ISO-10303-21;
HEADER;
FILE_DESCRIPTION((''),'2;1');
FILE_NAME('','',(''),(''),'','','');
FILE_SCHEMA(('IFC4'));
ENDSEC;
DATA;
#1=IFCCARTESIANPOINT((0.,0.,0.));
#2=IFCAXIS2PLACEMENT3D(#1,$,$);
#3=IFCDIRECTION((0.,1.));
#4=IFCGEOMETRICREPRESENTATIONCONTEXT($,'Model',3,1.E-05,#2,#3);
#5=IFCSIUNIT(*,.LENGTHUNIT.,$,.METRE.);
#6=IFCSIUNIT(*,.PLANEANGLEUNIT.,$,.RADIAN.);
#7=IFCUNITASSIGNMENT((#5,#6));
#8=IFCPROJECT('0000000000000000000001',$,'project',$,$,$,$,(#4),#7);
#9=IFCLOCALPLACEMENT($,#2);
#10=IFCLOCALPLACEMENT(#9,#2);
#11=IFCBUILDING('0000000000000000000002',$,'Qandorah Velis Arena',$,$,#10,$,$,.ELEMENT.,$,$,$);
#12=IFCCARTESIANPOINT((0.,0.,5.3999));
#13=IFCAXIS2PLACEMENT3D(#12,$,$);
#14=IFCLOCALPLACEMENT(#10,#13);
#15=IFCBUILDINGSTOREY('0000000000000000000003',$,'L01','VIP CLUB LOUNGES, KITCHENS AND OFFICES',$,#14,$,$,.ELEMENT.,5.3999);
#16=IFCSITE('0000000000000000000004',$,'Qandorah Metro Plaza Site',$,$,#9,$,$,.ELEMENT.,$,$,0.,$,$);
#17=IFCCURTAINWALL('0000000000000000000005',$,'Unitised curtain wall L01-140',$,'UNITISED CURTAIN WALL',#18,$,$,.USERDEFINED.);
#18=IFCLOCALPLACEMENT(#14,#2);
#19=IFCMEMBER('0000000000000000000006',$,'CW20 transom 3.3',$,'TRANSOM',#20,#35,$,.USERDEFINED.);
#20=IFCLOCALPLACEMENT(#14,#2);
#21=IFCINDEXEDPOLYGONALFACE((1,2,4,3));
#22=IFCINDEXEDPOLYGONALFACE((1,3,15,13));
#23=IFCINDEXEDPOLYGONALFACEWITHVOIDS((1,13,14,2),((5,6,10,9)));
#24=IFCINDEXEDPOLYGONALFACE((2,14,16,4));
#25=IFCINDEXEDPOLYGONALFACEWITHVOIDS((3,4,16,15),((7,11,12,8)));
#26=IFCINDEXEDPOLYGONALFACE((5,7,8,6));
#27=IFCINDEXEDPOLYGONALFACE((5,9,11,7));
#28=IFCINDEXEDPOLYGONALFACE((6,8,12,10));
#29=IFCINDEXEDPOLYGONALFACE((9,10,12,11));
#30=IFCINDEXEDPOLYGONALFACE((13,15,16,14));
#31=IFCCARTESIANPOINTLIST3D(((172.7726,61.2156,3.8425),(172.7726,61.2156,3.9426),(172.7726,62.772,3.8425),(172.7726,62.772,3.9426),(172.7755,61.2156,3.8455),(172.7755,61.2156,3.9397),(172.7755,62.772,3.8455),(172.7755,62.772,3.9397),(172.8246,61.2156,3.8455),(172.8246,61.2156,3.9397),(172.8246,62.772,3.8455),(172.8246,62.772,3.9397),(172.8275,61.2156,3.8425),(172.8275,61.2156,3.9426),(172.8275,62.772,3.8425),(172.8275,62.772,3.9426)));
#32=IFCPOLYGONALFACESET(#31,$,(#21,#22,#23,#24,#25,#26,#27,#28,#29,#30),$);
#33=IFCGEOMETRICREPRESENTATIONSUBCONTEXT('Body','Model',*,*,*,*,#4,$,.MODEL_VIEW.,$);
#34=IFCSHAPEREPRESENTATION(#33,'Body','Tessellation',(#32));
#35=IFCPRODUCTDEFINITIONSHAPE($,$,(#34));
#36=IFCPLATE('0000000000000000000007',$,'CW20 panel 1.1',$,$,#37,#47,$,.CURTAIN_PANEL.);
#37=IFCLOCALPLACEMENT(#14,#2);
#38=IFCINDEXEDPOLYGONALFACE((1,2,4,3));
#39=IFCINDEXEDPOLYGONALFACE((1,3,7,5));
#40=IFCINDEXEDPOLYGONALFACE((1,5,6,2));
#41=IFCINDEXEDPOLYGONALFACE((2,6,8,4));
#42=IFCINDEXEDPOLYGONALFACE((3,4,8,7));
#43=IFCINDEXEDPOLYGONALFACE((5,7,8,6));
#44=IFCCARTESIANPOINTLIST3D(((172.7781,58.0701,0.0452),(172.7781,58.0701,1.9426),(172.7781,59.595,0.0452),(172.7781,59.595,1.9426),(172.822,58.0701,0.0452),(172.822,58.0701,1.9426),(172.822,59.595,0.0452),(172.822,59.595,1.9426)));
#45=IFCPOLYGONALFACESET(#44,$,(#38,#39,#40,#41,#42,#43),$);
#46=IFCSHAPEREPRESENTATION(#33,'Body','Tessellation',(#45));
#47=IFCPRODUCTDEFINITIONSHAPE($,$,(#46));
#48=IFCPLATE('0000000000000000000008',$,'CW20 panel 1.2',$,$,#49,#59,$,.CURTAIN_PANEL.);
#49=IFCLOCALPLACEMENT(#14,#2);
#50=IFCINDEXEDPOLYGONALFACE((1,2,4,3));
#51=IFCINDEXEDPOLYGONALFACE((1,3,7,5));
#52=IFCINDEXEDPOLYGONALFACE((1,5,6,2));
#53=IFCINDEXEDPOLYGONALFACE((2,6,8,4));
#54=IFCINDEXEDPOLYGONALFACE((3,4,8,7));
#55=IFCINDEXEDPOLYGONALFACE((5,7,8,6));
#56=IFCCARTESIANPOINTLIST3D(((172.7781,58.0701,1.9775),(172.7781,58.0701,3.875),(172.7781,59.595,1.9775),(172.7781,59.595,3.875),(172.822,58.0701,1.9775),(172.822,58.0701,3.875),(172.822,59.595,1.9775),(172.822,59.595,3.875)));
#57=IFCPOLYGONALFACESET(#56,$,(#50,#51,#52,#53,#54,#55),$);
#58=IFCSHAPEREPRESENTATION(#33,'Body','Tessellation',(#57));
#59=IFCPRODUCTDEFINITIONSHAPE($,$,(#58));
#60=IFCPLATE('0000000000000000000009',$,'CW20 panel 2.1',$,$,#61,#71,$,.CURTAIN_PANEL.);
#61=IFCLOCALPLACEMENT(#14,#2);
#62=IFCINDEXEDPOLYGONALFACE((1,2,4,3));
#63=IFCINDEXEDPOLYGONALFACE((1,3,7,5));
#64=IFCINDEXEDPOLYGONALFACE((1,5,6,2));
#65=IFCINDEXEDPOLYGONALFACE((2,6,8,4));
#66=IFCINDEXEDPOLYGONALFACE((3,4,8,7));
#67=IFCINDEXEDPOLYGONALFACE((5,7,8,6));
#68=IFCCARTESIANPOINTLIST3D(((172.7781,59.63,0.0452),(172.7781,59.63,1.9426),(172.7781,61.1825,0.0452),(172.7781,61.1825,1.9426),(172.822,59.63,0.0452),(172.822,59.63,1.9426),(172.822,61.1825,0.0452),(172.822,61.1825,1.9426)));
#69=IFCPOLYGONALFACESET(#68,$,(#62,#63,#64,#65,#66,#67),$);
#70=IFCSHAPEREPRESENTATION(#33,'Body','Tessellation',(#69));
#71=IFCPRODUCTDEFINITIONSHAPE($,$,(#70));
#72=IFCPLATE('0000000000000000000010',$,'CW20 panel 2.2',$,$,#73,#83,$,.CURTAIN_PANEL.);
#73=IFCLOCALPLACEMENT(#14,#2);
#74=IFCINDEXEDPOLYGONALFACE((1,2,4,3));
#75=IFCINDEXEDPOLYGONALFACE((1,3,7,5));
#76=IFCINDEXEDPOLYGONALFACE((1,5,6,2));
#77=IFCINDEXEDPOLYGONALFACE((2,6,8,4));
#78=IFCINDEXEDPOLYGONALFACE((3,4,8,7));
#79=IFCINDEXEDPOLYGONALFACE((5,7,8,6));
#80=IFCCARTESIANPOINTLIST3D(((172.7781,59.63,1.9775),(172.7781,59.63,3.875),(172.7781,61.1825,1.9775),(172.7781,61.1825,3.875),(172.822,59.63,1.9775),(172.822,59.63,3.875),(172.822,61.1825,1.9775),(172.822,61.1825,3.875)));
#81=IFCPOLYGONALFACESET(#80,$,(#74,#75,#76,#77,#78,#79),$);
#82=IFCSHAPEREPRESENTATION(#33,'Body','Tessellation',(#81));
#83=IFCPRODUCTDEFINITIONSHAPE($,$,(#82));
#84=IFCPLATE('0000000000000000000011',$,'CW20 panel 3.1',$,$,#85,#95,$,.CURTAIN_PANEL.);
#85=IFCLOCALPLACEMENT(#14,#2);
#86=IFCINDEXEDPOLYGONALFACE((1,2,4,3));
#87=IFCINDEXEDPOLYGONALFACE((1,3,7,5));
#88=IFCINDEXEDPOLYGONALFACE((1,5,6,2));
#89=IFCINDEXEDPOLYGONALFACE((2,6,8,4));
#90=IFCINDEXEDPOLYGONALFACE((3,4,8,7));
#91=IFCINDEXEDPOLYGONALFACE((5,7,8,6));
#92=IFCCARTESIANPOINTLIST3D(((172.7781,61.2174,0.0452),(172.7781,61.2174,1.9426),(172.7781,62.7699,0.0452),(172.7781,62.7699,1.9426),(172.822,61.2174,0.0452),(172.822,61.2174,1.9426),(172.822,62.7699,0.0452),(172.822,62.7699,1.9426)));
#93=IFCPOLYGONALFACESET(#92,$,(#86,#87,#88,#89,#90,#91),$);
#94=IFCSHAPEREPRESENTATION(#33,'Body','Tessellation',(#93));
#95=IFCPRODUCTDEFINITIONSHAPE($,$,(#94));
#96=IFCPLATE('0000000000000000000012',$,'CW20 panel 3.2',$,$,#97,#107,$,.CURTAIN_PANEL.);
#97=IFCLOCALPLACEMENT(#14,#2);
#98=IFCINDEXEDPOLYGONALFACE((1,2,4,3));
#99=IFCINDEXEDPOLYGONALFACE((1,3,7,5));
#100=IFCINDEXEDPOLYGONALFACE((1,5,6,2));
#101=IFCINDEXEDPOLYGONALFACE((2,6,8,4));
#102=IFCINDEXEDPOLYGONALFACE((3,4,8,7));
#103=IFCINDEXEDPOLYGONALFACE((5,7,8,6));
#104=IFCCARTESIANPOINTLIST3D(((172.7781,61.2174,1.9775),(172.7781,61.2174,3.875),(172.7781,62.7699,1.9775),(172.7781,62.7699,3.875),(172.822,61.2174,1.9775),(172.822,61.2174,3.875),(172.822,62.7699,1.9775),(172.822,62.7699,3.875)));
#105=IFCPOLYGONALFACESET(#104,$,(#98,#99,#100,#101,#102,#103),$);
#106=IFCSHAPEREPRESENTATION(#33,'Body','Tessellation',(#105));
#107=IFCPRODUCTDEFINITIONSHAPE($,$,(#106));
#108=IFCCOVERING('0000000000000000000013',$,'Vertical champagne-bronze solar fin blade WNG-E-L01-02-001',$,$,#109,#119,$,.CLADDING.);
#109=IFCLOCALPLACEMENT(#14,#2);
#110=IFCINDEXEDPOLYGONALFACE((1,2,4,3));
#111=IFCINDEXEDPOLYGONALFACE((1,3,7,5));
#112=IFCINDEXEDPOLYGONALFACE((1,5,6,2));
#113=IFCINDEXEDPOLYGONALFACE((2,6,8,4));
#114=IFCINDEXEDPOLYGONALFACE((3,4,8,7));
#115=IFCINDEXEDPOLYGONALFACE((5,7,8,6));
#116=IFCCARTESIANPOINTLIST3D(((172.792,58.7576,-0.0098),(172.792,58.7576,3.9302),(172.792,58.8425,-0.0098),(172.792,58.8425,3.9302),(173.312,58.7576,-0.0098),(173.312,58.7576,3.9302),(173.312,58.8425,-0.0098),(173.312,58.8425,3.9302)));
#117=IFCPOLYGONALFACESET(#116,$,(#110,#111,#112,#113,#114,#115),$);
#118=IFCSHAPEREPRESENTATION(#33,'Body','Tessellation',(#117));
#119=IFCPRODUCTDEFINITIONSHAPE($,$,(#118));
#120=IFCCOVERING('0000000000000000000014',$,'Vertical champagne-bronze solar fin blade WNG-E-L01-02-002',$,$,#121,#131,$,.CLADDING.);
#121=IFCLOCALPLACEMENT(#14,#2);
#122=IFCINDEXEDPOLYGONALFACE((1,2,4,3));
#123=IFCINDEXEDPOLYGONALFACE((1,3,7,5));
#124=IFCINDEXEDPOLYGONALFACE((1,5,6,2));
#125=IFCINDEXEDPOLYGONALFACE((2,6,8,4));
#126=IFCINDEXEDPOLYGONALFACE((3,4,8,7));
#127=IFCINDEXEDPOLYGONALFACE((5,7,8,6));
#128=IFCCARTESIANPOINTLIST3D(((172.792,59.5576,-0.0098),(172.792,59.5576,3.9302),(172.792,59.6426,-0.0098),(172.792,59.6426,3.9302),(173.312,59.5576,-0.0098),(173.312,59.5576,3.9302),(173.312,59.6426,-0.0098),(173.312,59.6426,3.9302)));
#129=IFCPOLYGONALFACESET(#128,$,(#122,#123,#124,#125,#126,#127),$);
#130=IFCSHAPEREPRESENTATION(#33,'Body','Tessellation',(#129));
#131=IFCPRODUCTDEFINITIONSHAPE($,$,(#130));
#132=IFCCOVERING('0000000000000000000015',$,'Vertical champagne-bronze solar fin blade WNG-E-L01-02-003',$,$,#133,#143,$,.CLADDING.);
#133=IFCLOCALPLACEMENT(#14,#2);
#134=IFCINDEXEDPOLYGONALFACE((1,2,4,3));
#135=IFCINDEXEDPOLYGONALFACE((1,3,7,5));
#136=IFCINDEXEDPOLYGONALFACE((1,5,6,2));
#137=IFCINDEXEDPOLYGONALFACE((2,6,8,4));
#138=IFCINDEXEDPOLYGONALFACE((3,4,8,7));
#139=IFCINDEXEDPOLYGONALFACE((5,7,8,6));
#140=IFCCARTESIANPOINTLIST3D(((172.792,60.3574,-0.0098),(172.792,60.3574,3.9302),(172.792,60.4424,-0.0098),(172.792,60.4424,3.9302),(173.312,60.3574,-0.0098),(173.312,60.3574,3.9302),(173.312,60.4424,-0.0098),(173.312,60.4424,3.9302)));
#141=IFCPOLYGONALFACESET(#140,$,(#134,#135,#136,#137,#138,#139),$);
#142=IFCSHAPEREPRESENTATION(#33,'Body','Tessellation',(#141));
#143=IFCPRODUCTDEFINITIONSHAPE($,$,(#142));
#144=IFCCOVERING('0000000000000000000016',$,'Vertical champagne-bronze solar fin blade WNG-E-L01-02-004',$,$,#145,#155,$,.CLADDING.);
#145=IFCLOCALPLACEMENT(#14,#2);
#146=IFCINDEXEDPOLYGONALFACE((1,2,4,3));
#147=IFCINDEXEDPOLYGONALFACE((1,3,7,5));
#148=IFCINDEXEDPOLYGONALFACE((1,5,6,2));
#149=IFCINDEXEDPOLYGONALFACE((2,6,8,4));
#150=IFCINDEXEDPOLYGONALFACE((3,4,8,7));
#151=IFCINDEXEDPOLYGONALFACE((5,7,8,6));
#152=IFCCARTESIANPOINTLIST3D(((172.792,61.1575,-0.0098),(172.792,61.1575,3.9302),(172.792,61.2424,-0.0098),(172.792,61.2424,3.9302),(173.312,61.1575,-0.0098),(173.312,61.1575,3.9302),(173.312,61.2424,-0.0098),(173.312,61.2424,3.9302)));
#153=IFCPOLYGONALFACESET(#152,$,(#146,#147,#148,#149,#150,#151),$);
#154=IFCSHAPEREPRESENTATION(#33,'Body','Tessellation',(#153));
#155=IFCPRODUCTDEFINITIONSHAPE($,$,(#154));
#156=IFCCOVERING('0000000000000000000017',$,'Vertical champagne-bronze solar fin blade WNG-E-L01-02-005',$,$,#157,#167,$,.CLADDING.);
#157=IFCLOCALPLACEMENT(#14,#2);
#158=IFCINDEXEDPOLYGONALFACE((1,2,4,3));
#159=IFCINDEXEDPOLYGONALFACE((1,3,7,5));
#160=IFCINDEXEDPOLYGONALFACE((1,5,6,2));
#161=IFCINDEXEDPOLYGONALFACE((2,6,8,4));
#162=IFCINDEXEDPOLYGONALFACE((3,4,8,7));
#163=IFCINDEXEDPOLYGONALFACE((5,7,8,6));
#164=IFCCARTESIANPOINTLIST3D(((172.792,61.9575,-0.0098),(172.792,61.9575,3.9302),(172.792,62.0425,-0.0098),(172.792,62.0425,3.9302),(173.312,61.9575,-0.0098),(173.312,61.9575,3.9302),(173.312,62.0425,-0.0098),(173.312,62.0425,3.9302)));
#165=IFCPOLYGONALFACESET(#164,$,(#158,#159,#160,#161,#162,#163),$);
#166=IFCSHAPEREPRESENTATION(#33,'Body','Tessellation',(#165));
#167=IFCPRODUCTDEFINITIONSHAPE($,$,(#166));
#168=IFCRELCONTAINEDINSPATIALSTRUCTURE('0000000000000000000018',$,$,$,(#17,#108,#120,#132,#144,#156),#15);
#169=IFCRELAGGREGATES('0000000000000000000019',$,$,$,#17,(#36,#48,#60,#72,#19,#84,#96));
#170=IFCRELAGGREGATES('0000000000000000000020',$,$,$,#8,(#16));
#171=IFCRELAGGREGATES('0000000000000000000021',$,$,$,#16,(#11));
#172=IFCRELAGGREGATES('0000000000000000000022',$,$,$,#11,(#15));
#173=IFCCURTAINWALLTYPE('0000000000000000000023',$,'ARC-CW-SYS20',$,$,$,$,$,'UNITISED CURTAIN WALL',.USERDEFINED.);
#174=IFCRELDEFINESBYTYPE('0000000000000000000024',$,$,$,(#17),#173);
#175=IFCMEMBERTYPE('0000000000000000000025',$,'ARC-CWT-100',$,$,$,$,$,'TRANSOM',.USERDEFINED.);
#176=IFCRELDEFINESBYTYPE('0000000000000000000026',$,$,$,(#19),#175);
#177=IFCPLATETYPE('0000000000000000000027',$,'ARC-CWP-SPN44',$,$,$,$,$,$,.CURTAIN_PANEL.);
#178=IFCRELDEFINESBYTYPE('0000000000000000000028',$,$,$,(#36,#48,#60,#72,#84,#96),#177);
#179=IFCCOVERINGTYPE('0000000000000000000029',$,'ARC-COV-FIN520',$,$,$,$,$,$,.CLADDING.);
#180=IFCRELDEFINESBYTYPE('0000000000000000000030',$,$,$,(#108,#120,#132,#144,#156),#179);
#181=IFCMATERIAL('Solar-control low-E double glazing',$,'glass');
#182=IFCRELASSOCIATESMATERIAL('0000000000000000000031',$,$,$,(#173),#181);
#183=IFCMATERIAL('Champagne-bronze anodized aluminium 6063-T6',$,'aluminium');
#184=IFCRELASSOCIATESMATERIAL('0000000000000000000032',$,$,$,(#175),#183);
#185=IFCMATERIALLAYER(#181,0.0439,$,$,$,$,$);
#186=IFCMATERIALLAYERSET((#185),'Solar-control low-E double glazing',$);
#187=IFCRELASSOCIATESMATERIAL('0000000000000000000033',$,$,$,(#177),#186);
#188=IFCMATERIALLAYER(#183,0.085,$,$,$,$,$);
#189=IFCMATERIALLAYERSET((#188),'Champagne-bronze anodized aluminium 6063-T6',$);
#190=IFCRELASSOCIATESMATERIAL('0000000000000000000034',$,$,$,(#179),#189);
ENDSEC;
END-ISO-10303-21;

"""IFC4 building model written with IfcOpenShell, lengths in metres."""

from ifc_helpers import new_model, si_unit, direction, frame, origin, origin_2d, place, context, subcontext, project, spatial, rectangle, hollow_rectangle, extrude, material, layer, layer_set, material_profile, profile_set, type_object, element, aggregate, save


model = new_model("IFC4")

# Units and contexts
model_context = context("Model", 3, precision=1e-05, world=origin(), true_north=direction((0.0, 1.0)))
body_context = subcontext(model_context, "Body", "Model", "MODEL_VIEW")
ifc_project = project(units=[si_unit("LENGTHUNIT", "METRE"), si_unit("PLANEANGLEUNIT", "RADIAN")], contexts=[model_context])

# Site, building, storey
site_placement = place(None, origin())
site = spatial("IfcSite", under=ifc_project, at=site_placement, Name="Qandorah Metro Plaza Site", CompositionType="ELEMENT", RefElevation=0.0)
building_placement = place(site_placement, origin())
building = spatial("IfcBuilding", under=site, at=building_placement, Name="Qandorah Velis Arena", CompositionType="ELEMENT")
storey_placement = place(building_placement, frame((0.0, 0.0, 5.3999)))
storey = spatial("IfcBuildingStorey", under=building, at=storey_placement, Name="L01", Description="VIP CLUB LOUNGES, KITCHENS AND OFFICES", CompositionType="ELEMENT", Elevation=5.3999)

# Curtain wall, member, plates
ifc_material_1 = material(Name="Solar-control low-E double glazing", Category="glass")
curtain_wall_type = type_object("IfcCurtainWallType", Name="ARC-CW-SYS20", ElementType="UNITISED CURTAIN WALL", PredefinedType="USERDEFINED", material=ifc_material_1)
curtain_wall_placement = place(storey_placement, origin())
curtain_wall = element("IfcCurtainWall", 1, at=curtain_wall_placement, inside=storey, type_object=curtain_wall_type, Name="Unitised curtain wall L01-140", ObjectType="UNITISED CURTAIN WALL", PredefinedType="USERDEFINED")
ifc_material_2 = material(Name="Champagne-bronze anodized aluminium 6063-T6", Category="aluminium")
ifc_material_profile_1 = material_profile(ifc_material_2, hollow_rectangle(XDim=0.0549, YDim=0.1001, WallThickness=0.0029, at=origin_2d()), Name="ALU TRANSOM 55x100")
ifc_profile_set_1 = profile_set([ifc_material_profile_1], Name="Champagne-bronze anodized aluminium 6063-T6")
member_type_1 = type_object("IfcMemberType", Name="ARC-CWT-100", ElementType="TRANSOM", PredefinedType="USERDEFINED", material=ifc_profile_set_1)
member_1_placement = place(storey_placement, frame((172.8, 61.2156, 3.8926), z_axis=(0.0, 1.0, 0.0), x_axis=(-1.0, 0.0, 0.0)))
member_1 = element("IfcMember", 2, at=member_1_placement, type_object=member_type_1, Name="CW20 transom 3.3", ObjectType="TRANSOM", PredefinedType="USERDEFINED", context=body_context, shape_type="SweptSolid", body=[
    extrude(hollow_rectangle(XDim=0.0549, YDim=0.1001, WallThickness=0.0029, at=origin_2d()), origin(), (0.0, 0.0, 1.0), 1.5564),
])
ifc_layer_1 = layer(ifc_material_1, 0.0439)
ifc_layer_set_1 = layer_set([ifc_layer_1], Name="Solar-control low-E double glazing")
plate_type = type_object("IfcPlateType", Name="ARC-CWP-SPN44", PredefinedType="CURTAIN_PANEL", material=ifc_layer_set_1)
plate_1_placement = place(storey_placement, frame((172.8, 58.8325, 0.0452), z_axis=(0.0, 0.0, 1.0), x_axis=(0.0, 1.0, 0.0)))
plate_1 = element("IfcPlate", 3, at=plate_1_placement, type_object=plate_type, Name="CW20 panel 1.1", PredefinedType="CURTAIN_PANEL", context=body_context, shape_type="SweptSolid", body=[
    extrude(rectangle(XDim=1.5249, YDim=0.0439, at=origin_2d()), origin(), (0.0, 0.0, 1.0), 1.8975),
])
plate_2_placement = place(storey_placement, frame((172.8, 58.8325, 1.9775), z_axis=(0.0, 0.0, 1.0), x_axis=(0.0, 1.0, 0.0)))
plate_2 = element("IfcPlate", 4, at=plate_2_placement, type_object=plate_type, Name="CW20 panel 1.2", PredefinedType="CURTAIN_PANEL", context=body_context, shape_type="SweptSolid", body=[
    extrude(rectangle(XDim=1.5249, YDim=0.0439, at=origin_2d()), origin(), (0.0, 0.0, 1.0), 1.8975),
])
plate_3_placement = place(storey_placement, frame((172.8, 60.4062, 0.0452), z_axis=(0.0, 0.0, 1.0), x_axis=(0.0, 1.0, 0.0)))
plate_3 = element("IfcPlate", 5, at=plate_3_placement, type_object=plate_type, Name="CW20 panel 2.1", PredefinedType="CURTAIN_PANEL", context=body_context, shape_type="SweptSolid", body=[
    extrude(rectangle(XDim=1.5525, YDim=0.0439, at=origin_2d()), origin(), (0.0, 0.0, 1.0), 1.8975),
])
plate_4_placement = place(storey_placement, frame((172.8, 60.4062, 1.9775), z_axis=(0.0, 0.0, 1.0), x_axis=(0.0, 1.0, 0.0)))
plate_4 = element("IfcPlate", 6, at=plate_4_placement, type_object=plate_type, Name="CW20 panel 2.2", PredefinedType="CURTAIN_PANEL", context=body_context, shape_type="SweptSolid", body=[
    extrude(rectangle(XDim=1.5525, YDim=0.0439, at=origin_2d()), origin(), (0.0, 0.0, 1.0), 1.8975),
])
plate_5_placement = place(storey_placement, frame((172.8, 61.9937, 0.0452), z_axis=(0.0, 0.0, 1.0), x_axis=(0.0, 1.0, 0.0)))
plate_5 = element("IfcPlate", 7, at=plate_5_placement, type_object=plate_type, Name="CW20 panel 3.1", PredefinedType="CURTAIN_PANEL", context=body_context, shape_type="SweptSolid", body=[
    extrude(rectangle(XDim=1.5525, YDim=0.0439, at=origin_2d()), origin(), (0.0, 0.0, 1.0), 1.8975),
])
plate_6_placement = place(storey_placement, frame((172.8, 61.9937, 1.9775), z_axis=(0.0, 0.0, 1.0), x_axis=(0.0, 1.0, 0.0)))
plate_6 = element("IfcPlate", 8, at=plate_6_placement, type_object=plate_type, Name="CW20 panel 3.2", PredefinedType="CURTAIN_PANEL", context=body_context, shape_type="SweptSolid", body=[
    extrude(rectangle(XDim=1.5525, YDim=0.0439, at=origin_2d()), origin(), (0.0, 0.0, 1.0), 1.8975),
])
aggregate(curtain_wall, [plate_1, plate_2, plate_3, plate_4, member_1, plate_5, plate_6])

# Coverings
ifc_layer_2 = layer(ifc_material_2, 0.085)
ifc_layer_set_2 = layer_set([ifc_layer_2], Name="Champagne-bronze anodized aluminium 6063-T6")
covering_type = type_object("IfcCoveringType", Name="ARC-COV-FIN520", PredefinedType="CLADDING", material=ifc_layer_set_2)
for number, where, z_axis, x_axis, name in (
    (9, (173.052, 58.8, -0.0098), (0.0, 0.0, 1.0), (1.0, 0.0, 0.0), "Vertical champagne-bronze solar fin blade WNG-E-L01-02-001"),
    (10, (173.052, 59.6001, -0.0098), (0.0, 0.0, 1.0), (1.0, 0.0, 0.0), "Vertical champagne-bronze solar fin blade WNG-E-L01-02-002"),
    (11, (173.052, 60.3999, -0.0098), (0.0, 0.0, 1.0), (1.0, 0.0, 0.0), "Vertical champagne-bronze solar fin blade WNG-E-L01-02-003"),
    (12, (173.052, 61.2, -0.0098), (0.0, 0.0, 1.0), (1.0, 0.0, 0.0), "Vertical champagne-bronze solar fin blade WNG-E-L01-02-004"),
    (13, (173.052, 62.0, -0.0098), (0.0, 0.0, 1.0), (1.0, 0.0, 0.0), "Vertical champagne-bronze solar fin blade WNG-E-L01-02-005"),
):
    element("IfcCovering", number, at=place(storey_placement, frame(where, z_axis=z_axis, x_axis=x_axis)), inside=storey, type_object=covering_type, Name=name, PredefinedType="CLADDING", context=body_context, shape_type="SweptSolid", body=[
        extrude(rectangle(XDim=0.52, YDim=0.085, at=origin_2d()), origin(), (0.0, 0.0, 1.0), 3.9399),
    ])

save(model, "model.ifc")
